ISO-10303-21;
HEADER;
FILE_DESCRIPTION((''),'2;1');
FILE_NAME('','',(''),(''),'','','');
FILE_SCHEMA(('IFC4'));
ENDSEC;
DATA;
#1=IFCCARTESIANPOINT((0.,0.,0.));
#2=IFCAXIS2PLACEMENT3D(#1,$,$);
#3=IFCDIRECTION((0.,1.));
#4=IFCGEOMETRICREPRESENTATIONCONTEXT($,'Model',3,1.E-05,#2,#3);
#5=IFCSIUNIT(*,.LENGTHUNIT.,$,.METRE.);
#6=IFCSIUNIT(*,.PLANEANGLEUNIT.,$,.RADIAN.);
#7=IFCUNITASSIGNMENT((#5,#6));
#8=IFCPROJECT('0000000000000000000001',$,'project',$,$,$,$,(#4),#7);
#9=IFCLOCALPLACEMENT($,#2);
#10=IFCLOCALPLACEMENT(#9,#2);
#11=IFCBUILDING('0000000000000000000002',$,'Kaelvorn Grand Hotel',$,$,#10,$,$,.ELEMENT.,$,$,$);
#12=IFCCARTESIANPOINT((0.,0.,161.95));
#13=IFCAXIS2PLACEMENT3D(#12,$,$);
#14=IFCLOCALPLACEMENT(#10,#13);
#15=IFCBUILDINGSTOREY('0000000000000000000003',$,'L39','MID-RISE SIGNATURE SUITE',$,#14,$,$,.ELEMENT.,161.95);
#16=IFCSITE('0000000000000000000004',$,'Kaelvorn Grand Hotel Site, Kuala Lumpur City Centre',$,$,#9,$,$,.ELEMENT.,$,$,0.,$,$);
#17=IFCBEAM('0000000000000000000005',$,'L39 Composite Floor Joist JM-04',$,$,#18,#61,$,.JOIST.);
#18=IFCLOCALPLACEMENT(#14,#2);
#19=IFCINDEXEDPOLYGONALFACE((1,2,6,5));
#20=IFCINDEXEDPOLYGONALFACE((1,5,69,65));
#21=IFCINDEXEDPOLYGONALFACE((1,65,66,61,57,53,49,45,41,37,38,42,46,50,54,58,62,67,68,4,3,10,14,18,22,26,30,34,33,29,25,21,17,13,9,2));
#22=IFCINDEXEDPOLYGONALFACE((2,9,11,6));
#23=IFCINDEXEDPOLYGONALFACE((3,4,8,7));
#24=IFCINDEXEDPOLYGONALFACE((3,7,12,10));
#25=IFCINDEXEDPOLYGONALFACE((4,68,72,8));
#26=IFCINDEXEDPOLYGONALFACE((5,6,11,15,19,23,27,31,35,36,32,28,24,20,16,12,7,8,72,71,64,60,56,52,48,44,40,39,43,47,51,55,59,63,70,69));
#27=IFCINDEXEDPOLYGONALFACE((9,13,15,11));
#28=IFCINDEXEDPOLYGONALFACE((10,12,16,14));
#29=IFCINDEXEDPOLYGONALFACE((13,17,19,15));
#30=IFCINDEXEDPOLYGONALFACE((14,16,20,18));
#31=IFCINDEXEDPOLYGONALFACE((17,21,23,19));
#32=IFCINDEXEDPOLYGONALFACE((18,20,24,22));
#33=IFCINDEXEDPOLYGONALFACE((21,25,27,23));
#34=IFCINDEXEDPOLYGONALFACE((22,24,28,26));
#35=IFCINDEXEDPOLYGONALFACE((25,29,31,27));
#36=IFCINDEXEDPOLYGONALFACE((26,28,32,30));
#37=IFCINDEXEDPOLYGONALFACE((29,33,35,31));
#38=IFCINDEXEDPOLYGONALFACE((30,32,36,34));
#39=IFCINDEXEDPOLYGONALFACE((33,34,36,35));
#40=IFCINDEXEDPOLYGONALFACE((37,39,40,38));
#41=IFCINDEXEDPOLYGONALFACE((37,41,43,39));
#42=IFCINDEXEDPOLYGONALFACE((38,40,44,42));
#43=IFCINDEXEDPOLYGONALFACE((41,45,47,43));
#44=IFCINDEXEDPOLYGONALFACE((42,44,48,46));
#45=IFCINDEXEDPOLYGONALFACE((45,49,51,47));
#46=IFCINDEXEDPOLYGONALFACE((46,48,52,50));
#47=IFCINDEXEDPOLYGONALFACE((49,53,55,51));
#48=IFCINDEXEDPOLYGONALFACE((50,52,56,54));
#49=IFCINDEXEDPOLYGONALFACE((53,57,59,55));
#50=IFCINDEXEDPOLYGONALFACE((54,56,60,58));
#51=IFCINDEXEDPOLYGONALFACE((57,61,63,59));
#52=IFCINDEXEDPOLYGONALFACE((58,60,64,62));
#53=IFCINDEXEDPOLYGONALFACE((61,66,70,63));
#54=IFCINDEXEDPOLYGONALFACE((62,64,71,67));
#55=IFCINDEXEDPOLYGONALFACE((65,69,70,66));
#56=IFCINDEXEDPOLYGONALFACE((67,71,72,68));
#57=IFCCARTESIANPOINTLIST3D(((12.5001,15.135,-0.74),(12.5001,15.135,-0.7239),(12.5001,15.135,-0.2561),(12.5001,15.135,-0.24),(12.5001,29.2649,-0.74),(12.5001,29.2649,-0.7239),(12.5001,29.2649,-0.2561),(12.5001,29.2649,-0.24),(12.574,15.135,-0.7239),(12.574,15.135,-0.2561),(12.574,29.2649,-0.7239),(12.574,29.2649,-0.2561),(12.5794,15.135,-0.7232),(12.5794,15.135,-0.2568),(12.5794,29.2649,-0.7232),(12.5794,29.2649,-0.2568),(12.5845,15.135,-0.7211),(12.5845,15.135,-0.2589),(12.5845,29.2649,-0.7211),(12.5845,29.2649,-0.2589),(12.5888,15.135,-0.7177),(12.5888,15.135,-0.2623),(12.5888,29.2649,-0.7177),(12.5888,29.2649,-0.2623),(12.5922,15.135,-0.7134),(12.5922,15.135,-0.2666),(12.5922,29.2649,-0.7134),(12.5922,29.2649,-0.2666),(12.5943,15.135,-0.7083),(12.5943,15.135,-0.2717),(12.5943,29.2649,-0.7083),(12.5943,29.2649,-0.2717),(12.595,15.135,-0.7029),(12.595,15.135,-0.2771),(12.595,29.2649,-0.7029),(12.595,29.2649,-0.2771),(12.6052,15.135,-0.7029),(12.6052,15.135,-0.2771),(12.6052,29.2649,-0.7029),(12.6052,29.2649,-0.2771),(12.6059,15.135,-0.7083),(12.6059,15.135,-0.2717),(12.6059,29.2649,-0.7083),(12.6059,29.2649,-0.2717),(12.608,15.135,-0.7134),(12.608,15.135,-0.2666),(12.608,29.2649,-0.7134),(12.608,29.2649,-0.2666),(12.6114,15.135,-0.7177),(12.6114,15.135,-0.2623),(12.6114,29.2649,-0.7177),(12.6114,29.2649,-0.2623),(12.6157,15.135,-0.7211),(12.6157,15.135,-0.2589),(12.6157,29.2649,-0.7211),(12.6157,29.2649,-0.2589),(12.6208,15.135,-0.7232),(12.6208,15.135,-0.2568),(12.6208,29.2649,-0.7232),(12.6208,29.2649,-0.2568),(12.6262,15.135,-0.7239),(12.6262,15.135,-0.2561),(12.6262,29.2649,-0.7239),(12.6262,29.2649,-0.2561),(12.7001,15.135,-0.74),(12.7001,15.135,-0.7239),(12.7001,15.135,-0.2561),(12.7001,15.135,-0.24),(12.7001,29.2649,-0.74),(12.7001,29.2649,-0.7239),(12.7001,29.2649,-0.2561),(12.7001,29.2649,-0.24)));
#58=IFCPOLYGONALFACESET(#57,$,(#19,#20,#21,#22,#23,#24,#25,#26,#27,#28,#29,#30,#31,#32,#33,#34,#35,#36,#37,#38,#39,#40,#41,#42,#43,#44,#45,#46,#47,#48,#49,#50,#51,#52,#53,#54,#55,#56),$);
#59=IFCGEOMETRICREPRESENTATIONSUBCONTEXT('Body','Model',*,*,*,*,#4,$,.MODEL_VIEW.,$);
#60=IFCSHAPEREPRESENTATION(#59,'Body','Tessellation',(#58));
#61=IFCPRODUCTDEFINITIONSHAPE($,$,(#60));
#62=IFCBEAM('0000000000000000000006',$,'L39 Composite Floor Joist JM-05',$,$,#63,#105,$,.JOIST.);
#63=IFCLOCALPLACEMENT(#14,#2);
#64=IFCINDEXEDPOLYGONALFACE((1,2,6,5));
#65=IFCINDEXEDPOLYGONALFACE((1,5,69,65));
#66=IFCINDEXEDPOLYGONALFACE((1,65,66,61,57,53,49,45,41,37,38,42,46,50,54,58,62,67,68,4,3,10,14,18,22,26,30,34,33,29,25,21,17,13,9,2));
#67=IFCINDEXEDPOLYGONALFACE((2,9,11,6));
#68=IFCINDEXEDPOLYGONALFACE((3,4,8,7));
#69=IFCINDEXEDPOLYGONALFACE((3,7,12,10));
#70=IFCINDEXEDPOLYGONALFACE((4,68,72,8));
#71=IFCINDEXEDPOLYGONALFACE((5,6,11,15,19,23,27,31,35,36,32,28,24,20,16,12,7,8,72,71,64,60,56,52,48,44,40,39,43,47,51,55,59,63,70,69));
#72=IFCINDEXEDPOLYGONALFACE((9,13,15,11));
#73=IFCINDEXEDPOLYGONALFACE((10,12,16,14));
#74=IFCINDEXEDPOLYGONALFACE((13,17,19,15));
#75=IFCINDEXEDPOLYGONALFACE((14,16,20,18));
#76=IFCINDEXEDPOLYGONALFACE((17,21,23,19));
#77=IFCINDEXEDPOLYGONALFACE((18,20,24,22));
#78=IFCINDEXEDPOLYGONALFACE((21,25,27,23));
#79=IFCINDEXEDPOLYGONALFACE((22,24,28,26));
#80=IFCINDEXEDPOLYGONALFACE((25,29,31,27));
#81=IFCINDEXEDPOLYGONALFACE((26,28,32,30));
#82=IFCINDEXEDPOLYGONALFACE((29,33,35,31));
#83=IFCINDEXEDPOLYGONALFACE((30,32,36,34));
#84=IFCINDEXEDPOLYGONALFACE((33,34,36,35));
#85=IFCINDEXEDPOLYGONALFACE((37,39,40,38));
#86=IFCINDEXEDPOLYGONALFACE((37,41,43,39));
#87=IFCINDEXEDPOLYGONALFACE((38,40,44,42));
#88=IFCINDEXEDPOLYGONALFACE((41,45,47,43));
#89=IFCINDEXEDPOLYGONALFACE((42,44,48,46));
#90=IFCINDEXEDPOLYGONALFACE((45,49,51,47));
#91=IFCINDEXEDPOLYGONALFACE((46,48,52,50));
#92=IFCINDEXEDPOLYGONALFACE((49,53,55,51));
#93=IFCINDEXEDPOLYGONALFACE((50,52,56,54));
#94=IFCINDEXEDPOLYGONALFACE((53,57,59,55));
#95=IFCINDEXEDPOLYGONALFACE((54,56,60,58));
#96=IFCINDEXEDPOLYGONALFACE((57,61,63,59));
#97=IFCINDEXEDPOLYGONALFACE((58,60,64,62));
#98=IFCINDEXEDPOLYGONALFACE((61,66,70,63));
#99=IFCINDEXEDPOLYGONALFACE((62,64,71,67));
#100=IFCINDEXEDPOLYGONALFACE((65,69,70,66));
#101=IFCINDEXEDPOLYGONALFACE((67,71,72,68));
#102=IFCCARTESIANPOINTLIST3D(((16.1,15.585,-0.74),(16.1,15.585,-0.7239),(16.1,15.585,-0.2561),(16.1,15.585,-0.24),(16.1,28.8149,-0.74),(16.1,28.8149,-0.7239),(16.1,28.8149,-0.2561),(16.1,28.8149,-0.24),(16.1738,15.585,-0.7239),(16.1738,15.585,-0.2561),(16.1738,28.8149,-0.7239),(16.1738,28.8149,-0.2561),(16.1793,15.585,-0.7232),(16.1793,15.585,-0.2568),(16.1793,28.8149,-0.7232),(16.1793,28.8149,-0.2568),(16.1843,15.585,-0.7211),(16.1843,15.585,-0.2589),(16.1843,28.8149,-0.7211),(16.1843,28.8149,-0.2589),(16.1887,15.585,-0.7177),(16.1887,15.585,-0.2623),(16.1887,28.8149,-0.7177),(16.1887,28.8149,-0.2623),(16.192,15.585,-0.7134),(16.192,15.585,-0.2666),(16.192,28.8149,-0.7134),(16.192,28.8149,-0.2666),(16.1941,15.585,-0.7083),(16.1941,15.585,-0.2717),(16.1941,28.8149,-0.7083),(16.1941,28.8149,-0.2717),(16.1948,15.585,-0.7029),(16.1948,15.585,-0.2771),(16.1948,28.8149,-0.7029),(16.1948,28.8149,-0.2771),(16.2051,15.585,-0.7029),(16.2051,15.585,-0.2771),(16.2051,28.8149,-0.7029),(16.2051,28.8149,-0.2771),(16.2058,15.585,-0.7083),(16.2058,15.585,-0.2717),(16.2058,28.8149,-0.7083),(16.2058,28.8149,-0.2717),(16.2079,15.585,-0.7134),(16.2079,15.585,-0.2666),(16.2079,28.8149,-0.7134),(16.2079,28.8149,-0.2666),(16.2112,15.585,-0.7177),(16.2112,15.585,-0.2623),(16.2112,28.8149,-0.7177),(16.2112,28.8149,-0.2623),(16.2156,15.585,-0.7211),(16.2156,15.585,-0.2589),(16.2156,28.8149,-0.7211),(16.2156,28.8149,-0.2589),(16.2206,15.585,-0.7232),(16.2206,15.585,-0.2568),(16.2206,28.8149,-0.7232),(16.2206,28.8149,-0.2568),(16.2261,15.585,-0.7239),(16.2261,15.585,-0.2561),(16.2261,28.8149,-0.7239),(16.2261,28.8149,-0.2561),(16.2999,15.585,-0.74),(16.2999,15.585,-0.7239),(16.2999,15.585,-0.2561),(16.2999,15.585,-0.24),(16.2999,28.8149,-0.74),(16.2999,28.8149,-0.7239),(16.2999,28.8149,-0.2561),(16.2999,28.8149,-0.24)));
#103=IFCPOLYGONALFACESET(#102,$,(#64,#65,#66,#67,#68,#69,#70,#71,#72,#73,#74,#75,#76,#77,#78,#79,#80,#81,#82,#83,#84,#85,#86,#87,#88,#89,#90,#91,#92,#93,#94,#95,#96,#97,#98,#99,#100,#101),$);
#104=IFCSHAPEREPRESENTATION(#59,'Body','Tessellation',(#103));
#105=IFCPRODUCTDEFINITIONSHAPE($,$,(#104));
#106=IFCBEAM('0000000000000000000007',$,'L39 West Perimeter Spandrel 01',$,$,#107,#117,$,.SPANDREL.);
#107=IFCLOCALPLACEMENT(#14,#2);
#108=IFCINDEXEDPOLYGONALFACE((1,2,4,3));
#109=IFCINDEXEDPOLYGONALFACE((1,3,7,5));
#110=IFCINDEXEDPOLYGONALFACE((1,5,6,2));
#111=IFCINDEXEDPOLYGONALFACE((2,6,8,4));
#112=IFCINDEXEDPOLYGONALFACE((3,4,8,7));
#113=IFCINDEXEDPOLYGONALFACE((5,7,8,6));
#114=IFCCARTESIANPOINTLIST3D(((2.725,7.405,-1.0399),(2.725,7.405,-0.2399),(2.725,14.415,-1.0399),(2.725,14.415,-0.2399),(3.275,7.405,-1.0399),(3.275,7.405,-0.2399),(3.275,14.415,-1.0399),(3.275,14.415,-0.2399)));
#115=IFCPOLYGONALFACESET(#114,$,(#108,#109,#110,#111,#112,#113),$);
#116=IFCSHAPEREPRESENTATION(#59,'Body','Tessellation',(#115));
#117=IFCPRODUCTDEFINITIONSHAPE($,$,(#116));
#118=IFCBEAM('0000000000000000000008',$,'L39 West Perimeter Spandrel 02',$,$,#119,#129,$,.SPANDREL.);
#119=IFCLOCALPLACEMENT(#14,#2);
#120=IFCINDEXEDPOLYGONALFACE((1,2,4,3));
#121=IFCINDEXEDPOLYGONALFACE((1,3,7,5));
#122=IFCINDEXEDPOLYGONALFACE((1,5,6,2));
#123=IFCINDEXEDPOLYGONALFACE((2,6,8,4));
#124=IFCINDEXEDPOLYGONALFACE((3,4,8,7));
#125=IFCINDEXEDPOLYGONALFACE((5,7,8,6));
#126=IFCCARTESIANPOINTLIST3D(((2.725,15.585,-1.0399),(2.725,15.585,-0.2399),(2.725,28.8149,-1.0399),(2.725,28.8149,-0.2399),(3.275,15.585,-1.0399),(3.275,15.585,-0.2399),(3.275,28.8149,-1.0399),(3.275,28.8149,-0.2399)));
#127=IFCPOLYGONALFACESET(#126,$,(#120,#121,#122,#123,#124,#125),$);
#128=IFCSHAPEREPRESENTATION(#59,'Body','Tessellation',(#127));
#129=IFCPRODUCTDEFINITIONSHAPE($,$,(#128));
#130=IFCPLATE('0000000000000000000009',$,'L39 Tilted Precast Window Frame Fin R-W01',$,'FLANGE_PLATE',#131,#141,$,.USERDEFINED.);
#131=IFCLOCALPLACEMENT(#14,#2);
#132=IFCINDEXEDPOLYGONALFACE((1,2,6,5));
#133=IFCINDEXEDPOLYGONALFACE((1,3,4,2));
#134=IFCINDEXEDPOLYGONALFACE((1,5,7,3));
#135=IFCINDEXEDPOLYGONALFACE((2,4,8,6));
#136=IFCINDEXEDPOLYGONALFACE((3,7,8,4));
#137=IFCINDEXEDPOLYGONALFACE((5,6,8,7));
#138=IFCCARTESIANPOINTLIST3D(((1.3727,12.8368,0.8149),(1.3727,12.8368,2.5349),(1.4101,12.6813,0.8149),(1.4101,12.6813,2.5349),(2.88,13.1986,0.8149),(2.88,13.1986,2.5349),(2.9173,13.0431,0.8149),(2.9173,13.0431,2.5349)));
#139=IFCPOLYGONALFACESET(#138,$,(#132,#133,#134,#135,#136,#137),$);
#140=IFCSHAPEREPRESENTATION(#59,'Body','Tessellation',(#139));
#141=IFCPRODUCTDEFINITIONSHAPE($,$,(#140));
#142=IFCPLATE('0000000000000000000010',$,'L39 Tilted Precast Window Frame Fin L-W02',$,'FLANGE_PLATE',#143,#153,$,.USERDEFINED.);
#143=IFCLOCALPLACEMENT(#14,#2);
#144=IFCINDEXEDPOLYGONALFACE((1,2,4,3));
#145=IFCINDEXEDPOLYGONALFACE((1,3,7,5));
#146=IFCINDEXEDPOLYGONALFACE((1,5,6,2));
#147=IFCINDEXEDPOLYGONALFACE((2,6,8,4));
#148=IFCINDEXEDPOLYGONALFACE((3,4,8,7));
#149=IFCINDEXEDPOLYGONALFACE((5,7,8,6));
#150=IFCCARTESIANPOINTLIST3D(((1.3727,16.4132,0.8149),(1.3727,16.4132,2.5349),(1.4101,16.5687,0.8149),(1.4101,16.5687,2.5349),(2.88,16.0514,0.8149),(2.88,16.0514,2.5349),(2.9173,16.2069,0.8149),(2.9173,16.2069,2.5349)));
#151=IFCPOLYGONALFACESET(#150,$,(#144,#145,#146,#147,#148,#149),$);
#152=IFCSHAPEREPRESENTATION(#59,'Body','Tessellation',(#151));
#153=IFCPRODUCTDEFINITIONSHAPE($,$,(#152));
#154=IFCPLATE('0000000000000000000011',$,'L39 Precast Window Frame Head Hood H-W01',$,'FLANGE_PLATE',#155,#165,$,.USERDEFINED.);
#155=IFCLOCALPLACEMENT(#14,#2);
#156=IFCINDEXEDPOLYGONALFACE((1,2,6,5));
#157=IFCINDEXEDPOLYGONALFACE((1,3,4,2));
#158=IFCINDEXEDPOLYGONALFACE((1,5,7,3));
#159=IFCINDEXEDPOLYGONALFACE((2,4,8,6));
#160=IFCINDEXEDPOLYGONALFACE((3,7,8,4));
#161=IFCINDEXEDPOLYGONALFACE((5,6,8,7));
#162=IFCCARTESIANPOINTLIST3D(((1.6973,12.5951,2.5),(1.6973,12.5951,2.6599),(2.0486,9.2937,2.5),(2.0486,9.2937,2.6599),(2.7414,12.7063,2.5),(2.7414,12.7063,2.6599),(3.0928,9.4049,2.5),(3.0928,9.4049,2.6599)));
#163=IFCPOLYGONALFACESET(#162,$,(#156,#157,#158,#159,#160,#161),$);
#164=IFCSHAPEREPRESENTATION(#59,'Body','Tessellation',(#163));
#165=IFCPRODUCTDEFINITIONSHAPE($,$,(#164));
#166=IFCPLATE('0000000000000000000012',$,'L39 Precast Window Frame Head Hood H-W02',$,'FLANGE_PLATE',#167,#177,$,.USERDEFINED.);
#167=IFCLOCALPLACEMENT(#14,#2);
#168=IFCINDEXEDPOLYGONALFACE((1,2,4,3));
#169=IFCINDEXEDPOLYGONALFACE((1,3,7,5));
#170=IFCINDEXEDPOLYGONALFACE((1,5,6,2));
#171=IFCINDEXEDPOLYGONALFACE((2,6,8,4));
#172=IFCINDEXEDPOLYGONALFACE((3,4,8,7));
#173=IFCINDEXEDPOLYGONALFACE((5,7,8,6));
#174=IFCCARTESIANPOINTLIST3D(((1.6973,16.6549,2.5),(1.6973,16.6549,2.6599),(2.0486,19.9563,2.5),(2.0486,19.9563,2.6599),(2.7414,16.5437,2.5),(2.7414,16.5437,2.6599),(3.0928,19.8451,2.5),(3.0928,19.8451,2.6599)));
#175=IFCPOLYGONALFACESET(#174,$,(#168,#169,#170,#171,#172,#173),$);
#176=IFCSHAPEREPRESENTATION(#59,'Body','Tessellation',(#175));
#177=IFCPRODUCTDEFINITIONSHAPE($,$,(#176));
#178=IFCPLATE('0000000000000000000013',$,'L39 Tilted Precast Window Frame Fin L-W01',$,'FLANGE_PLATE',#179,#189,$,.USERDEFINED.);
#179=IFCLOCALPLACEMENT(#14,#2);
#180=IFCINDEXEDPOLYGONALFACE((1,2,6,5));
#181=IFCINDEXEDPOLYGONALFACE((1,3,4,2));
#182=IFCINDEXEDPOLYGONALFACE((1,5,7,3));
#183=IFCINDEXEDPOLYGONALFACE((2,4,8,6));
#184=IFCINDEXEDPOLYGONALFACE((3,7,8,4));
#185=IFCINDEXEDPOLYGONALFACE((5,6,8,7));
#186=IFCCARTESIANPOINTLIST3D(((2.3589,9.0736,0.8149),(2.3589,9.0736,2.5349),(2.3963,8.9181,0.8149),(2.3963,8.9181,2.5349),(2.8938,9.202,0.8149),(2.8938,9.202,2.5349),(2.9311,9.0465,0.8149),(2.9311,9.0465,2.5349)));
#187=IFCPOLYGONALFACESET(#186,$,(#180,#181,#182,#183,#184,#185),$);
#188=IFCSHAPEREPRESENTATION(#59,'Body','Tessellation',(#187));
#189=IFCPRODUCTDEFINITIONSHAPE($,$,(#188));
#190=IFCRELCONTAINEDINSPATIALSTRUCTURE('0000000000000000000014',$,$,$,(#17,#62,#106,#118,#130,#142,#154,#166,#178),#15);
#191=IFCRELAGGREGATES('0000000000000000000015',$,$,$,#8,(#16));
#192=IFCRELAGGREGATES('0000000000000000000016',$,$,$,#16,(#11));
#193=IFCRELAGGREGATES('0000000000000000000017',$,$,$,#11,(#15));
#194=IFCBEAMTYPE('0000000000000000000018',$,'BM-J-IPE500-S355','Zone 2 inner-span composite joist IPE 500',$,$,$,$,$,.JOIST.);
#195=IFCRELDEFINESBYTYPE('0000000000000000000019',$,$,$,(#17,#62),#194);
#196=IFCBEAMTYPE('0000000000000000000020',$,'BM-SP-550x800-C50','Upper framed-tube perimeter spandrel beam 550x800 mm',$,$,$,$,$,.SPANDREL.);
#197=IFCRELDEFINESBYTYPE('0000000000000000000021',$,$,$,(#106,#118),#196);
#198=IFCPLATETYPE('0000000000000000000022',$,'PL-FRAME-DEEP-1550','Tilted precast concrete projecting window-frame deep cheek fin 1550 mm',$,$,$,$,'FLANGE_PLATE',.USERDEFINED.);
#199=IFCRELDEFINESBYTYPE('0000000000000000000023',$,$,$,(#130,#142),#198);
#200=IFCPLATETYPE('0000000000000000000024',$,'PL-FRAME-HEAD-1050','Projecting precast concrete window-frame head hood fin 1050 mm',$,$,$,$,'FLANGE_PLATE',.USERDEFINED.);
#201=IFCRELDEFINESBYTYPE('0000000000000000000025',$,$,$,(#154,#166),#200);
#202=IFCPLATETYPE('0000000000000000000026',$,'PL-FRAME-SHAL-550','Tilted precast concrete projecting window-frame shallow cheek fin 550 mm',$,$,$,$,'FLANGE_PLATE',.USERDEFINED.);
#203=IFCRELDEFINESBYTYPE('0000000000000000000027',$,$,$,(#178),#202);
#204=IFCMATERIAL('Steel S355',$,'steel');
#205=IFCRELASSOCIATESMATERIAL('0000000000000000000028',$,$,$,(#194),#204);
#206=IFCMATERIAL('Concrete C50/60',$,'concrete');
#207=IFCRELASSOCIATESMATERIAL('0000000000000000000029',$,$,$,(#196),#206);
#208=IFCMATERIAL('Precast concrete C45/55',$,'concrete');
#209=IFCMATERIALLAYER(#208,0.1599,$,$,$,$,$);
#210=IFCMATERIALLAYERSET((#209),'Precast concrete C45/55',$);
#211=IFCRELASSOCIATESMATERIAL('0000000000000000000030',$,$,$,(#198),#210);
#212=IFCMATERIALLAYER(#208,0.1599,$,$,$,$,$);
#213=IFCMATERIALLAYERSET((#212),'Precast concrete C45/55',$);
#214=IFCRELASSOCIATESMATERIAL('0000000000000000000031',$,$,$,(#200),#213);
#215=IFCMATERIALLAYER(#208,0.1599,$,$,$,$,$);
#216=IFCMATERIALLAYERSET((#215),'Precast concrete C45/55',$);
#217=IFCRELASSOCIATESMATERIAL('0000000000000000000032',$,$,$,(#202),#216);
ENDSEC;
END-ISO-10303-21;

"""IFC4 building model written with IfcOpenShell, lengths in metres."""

from ifc_helpers import new_model, si_unit, direction, frame, origin, origin_2d, place, context, subcontext, project, spatial, rectangle, i_section, extrude, material, layer, layer_set, material_profile, profile_set, type_object, element, save


model = new_model("IFC4")

# Units and contexts
model_context = context("Model", 3, precision=1e-05, world=origin(), true_north=direction((0.0, 1.0)))
body_context = subcontext(model_context, "Body", "Model", "MODEL_VIEW")
ifc_project = project(units=[si_unit("LENGTHUNIT", "METRE"), si_unit("PLANEANGLEUNIT", "RADIAN")], contexts=[model_context])

# Site, building, storey
site_placement = place(None, origin())
site = spatial("IfcSite", under=ifc_project, at=site_placement, Name="Kaelvorn Grand Hotel Site, Kuala Lumpur City Centre", CompositionType="ELEMENT", RefElevation=0.0)
building_placement = place(site_placement, origin())
building = spatial("IfcBuilding", under=site, at=building_placement, Name="Kaelvorn Grand Hotel", CompositionType="ELEMENT")
storey_placement = place(building_placement, frame((0.0, 0.0, 161.95)))
storey = spatial("IfcBuildingStorey", under=building, at=storey_placement, Name="L39", Description="MID-RISE SIGNATURE SUITE", CompositionType="ELEMENT", Elevation=161.95)

# Beams
ifc_material_1 = material(Name="Steel S355", Category="steel")
ifc_material_profile_1 = material_profile(ifc_material_1, i_section(OverallWidth=0.2, OverallDepth=0.5, WebThickness=0.0103, FlangeThickness=0.0161, FilletRadius=0.021, at=origin_2d()), Name="IPE 500")
ifc_profile_set_1 = profile_set([ifc_material_profile_1], Name="Steel S355")
beam_type_1 = type_object("IfcBeamType", Name="BM-J-IPE500-S355", Description="Zone 2 inner-span composite joist IPE 500", PredefinedType="JOIST", material=ifc_profile_set_1)
beam_1_placement = place(storey_placement, frame((12.6001, 15.135, -0.49), z_axis=(0.0, 1.0, 0.0), x_axis=(-1.0, 0.0, 0.0)))
element("IfcBeam", 1, at=beam_1_placement, inside=storey, type_object=beam_type_1, Name="L39 Composite Floor Joist JM-04", PredefinedType="JOIST", context=body_context, shape_type="SweptSolid", body=[
    extrude(i_section(OverallWidth=0.2, OverallDepth=0.5, WebThickness=0.0103, FlangeThickness=0.0161, FilletRadius=0.021, at=origin_2d()), origin(), (0.0, 0.0, 1.0), 14.1299),
])
beam_2_placement = place(storey_placement, frame((16.2, 15.585, -0.49), z_axis=(0.0, 1.0, 0.0), x_axis=(-1.0, 0.0, 0.0)))
element("IfcBeam", 2, at=beam_2_placement, inside=storey, type_object=beam_type_1, Name="L39 Composite Floor Joist JM-05", PredefinedType="JOIST", context=body_context, shape_type="SweptSolid", body=[
    extrude(i_section(OverallWidth=0.2, OverallDepth=0.5, WebThickness=0.0103, FlangeThickness=0.0161, FilletRadius=0.021, at=origin_2d()), origin(), (0.0, 0.0, 1.0), 13.23),
])
ifc_material_2 = material(Name="Concrete C50/60", Category="concrete")
ifc_material_profile_2 = material_profile(ifc_material_2, rectangle(XDim=0.55, YDim=0.8, at=origin_2d()), Name="RC SPANDREL 550x800")
ifc_profile_set_2 = profile_set([ifc_material_profile_2], Name="Concrete C50/60")
beam_type_2 = type_object("IfcBeamType", Name="BM-SP-550x800-C50", Description="Upper framed-tube perimeter spandrel beam 550x800 mm", PredefinedType="SPANDREL", material=ifc_profile_set_2)
beam_3_placement = place(storey_placement, frame((3.0, 7.405, -0.6399), z_axis=(0.0, 1.0, 0.0), x_axis=(-1.0, 0.0, 0.0)))
element("IfcBeam", 3, at=beam_3_placement, inside=storey, type_object=beam_type_2, Name="L39 West Perimeter Spandrel 01", PredefinedType="SPANDREL", context=body_context, shape_type="SweptSolid", body=[
    extrude(rectangle(XDim=0.55, YDim=0.8, at=origin_2d()), origin(), (0.0, 0.0, 1.0), 7.01),
])
beam_4_placement = place(storey_placement, frame((3.0, 15.585, -0.6399), z_axis=(0.0, 1.0, 0.0), x_axis=(-1.0, 0.0, 0.0)))
element("IfcBeam", 4, at=beam_4_placement, inside=storey, type_object=beam_type_2, Name="L39 West Perimeter Spandrel 02", PredefinedType="SPANDREL", context=body_context, shape_type="SweptSolid", body=[
    extrude(rectangle(XDim=0.55, YDim=0.8, at=origin_2d()), origin(), (0.0, 0.0, 1.0), 13.23),
])

# Plates
ifc_material_3 = material(Name="Precast concrete C45/55", Category="concrete")
ifc_layer_1 = layer(ifc_material_3, 0.1599)
ifc_layer_set_1 = layer_set([ifc_layer_1], Name="Precast concrete C45/55")
plate_type_1 = type_object("IfcPlateType", Name="PL-FRAME-DEEP-1550", Description="Tilted precast concrete projecting window-frame deep cheek fin 1550 mm", ElementType="FLANGE_PLATE", PredefinedType="USERDEFINED", material=ifc_layer_set_1)
for number, where, z_axis, x_axis, name in (
    (5, (2.145, 12.9399, 0.8149), (0.0, 0.0, 1.0), (-0.233445, 0.97237, 0.0), "L39 Tilted Precast Window Frame Fin R-W01"),
    (6, (2.145, 16.3101, 0.8149), (0.0, 0.0, 1.0), (0.233445, 0.97237, 0.0), "L39 Tilted Precast Window Frame Fin L-W02"),
):
    element("IfcPlate", number, at=place(storey_placement, frame(where, z_axis=z_axis, x_axis=x_axis)), inside=storey, type_object=plate_type_1, Name=name, ObjectType="FLANGE_PLATE", PredefinedType="USERDEFINED", context=body_context, shape_type="SweptSolid", body=[
        extrude(rectangle(XDim=0.1599, YDim=1.55, at=origin_2d()), origin(), (0.0, 0.0, 1.0), 1.72),
    ])
ifc_layer_2 = layer(ifc_material_3, 0.1599)
ifc_layer_set_2 = layer_set([ifc_layer_2], Name="Precast concrete C45/55")
plate_type_2 = type_object("IfcPlateType", Name="PL-FRAME-HEAD-1050", Description="Projecting precast concrete window-frame head hood fin 1050 mm", ElementType="FLANGE_PLATE", PredefinedType="USERDEFINED", material=ifc_layer_set_2)
for number, where, z_axis, x_axis, name in (
    (7, (2.395, 11.0, 2.5), (0.0, 0.0, 1.0), (-0.10583, 0.994384, 0.0), "L39 Precast Window Frame Head Hood H-W01"),
    (8, (2.395, 18.25, 2.5), (0.0, 0.0, 1.0), (0.10583, 0.994384, 0.0), "L39 Precast Window Frame Head Hood H-W02"),
):
    element("IfcPlate", number, at=place(storey_placement, frame(where, z_axis=z_axis, x_axis=x_axis)), inside=storey, type_object=plate_type_2, Name=name, ObjectType="FLANGE_PLATE", PredefinedType="USERDEFINED", context=body_context, shape_type="SweptSolid", body=[
        extrude(rectangle(XDim=3.3201, YDim=1.05, at=origin_2d()), origin(), (0.0, 0.0, 1.0), 0.1599),
    ])
ifc_layer_3 = layer(ifc_material_3, 0.1599)
ifc_layer_set_3 = layer_set([ifc_layer_3], Name="Precast concrete C45/55")
plate_type_3 = type_object("IfcPlateType", Name="PL-FRAME-SHAL-550", Description="Tilted precast concrete projecting window-frame shallow cheek fin 550 mm", ElementType="FLANGE_PLATE", PredefinedType="USERDEFINED", material=ifc_layer_set_3)
for number, where, z_axis, x_axis, name in (
    (9, (2.645, 9.0601, 0.8149), (0.0, 0.0, 1.0), (-0.233445, 0.97237, 0.0), "L39 Tilted Precast Window Frame Fin L-W01"),
):
    element("IfcPlate", number, at=place(storey_placement, frame(where, z_axis=z_axis, x_axis=x_axis)), inside=storey, type_object=plate_type_3, Name=name, ObjectType="FLANGE_PLATE", PredefinedType="USERDEFINED", context=body_context, shape_type="SweptSolid", body=[
        extrude(rectangle(XDim=0.1599, YDim=0.55, at=origin_2d()), origin(), (0.0, 0.0, 1.0), 1.72),
    ])

save(model, "model.ifc")
